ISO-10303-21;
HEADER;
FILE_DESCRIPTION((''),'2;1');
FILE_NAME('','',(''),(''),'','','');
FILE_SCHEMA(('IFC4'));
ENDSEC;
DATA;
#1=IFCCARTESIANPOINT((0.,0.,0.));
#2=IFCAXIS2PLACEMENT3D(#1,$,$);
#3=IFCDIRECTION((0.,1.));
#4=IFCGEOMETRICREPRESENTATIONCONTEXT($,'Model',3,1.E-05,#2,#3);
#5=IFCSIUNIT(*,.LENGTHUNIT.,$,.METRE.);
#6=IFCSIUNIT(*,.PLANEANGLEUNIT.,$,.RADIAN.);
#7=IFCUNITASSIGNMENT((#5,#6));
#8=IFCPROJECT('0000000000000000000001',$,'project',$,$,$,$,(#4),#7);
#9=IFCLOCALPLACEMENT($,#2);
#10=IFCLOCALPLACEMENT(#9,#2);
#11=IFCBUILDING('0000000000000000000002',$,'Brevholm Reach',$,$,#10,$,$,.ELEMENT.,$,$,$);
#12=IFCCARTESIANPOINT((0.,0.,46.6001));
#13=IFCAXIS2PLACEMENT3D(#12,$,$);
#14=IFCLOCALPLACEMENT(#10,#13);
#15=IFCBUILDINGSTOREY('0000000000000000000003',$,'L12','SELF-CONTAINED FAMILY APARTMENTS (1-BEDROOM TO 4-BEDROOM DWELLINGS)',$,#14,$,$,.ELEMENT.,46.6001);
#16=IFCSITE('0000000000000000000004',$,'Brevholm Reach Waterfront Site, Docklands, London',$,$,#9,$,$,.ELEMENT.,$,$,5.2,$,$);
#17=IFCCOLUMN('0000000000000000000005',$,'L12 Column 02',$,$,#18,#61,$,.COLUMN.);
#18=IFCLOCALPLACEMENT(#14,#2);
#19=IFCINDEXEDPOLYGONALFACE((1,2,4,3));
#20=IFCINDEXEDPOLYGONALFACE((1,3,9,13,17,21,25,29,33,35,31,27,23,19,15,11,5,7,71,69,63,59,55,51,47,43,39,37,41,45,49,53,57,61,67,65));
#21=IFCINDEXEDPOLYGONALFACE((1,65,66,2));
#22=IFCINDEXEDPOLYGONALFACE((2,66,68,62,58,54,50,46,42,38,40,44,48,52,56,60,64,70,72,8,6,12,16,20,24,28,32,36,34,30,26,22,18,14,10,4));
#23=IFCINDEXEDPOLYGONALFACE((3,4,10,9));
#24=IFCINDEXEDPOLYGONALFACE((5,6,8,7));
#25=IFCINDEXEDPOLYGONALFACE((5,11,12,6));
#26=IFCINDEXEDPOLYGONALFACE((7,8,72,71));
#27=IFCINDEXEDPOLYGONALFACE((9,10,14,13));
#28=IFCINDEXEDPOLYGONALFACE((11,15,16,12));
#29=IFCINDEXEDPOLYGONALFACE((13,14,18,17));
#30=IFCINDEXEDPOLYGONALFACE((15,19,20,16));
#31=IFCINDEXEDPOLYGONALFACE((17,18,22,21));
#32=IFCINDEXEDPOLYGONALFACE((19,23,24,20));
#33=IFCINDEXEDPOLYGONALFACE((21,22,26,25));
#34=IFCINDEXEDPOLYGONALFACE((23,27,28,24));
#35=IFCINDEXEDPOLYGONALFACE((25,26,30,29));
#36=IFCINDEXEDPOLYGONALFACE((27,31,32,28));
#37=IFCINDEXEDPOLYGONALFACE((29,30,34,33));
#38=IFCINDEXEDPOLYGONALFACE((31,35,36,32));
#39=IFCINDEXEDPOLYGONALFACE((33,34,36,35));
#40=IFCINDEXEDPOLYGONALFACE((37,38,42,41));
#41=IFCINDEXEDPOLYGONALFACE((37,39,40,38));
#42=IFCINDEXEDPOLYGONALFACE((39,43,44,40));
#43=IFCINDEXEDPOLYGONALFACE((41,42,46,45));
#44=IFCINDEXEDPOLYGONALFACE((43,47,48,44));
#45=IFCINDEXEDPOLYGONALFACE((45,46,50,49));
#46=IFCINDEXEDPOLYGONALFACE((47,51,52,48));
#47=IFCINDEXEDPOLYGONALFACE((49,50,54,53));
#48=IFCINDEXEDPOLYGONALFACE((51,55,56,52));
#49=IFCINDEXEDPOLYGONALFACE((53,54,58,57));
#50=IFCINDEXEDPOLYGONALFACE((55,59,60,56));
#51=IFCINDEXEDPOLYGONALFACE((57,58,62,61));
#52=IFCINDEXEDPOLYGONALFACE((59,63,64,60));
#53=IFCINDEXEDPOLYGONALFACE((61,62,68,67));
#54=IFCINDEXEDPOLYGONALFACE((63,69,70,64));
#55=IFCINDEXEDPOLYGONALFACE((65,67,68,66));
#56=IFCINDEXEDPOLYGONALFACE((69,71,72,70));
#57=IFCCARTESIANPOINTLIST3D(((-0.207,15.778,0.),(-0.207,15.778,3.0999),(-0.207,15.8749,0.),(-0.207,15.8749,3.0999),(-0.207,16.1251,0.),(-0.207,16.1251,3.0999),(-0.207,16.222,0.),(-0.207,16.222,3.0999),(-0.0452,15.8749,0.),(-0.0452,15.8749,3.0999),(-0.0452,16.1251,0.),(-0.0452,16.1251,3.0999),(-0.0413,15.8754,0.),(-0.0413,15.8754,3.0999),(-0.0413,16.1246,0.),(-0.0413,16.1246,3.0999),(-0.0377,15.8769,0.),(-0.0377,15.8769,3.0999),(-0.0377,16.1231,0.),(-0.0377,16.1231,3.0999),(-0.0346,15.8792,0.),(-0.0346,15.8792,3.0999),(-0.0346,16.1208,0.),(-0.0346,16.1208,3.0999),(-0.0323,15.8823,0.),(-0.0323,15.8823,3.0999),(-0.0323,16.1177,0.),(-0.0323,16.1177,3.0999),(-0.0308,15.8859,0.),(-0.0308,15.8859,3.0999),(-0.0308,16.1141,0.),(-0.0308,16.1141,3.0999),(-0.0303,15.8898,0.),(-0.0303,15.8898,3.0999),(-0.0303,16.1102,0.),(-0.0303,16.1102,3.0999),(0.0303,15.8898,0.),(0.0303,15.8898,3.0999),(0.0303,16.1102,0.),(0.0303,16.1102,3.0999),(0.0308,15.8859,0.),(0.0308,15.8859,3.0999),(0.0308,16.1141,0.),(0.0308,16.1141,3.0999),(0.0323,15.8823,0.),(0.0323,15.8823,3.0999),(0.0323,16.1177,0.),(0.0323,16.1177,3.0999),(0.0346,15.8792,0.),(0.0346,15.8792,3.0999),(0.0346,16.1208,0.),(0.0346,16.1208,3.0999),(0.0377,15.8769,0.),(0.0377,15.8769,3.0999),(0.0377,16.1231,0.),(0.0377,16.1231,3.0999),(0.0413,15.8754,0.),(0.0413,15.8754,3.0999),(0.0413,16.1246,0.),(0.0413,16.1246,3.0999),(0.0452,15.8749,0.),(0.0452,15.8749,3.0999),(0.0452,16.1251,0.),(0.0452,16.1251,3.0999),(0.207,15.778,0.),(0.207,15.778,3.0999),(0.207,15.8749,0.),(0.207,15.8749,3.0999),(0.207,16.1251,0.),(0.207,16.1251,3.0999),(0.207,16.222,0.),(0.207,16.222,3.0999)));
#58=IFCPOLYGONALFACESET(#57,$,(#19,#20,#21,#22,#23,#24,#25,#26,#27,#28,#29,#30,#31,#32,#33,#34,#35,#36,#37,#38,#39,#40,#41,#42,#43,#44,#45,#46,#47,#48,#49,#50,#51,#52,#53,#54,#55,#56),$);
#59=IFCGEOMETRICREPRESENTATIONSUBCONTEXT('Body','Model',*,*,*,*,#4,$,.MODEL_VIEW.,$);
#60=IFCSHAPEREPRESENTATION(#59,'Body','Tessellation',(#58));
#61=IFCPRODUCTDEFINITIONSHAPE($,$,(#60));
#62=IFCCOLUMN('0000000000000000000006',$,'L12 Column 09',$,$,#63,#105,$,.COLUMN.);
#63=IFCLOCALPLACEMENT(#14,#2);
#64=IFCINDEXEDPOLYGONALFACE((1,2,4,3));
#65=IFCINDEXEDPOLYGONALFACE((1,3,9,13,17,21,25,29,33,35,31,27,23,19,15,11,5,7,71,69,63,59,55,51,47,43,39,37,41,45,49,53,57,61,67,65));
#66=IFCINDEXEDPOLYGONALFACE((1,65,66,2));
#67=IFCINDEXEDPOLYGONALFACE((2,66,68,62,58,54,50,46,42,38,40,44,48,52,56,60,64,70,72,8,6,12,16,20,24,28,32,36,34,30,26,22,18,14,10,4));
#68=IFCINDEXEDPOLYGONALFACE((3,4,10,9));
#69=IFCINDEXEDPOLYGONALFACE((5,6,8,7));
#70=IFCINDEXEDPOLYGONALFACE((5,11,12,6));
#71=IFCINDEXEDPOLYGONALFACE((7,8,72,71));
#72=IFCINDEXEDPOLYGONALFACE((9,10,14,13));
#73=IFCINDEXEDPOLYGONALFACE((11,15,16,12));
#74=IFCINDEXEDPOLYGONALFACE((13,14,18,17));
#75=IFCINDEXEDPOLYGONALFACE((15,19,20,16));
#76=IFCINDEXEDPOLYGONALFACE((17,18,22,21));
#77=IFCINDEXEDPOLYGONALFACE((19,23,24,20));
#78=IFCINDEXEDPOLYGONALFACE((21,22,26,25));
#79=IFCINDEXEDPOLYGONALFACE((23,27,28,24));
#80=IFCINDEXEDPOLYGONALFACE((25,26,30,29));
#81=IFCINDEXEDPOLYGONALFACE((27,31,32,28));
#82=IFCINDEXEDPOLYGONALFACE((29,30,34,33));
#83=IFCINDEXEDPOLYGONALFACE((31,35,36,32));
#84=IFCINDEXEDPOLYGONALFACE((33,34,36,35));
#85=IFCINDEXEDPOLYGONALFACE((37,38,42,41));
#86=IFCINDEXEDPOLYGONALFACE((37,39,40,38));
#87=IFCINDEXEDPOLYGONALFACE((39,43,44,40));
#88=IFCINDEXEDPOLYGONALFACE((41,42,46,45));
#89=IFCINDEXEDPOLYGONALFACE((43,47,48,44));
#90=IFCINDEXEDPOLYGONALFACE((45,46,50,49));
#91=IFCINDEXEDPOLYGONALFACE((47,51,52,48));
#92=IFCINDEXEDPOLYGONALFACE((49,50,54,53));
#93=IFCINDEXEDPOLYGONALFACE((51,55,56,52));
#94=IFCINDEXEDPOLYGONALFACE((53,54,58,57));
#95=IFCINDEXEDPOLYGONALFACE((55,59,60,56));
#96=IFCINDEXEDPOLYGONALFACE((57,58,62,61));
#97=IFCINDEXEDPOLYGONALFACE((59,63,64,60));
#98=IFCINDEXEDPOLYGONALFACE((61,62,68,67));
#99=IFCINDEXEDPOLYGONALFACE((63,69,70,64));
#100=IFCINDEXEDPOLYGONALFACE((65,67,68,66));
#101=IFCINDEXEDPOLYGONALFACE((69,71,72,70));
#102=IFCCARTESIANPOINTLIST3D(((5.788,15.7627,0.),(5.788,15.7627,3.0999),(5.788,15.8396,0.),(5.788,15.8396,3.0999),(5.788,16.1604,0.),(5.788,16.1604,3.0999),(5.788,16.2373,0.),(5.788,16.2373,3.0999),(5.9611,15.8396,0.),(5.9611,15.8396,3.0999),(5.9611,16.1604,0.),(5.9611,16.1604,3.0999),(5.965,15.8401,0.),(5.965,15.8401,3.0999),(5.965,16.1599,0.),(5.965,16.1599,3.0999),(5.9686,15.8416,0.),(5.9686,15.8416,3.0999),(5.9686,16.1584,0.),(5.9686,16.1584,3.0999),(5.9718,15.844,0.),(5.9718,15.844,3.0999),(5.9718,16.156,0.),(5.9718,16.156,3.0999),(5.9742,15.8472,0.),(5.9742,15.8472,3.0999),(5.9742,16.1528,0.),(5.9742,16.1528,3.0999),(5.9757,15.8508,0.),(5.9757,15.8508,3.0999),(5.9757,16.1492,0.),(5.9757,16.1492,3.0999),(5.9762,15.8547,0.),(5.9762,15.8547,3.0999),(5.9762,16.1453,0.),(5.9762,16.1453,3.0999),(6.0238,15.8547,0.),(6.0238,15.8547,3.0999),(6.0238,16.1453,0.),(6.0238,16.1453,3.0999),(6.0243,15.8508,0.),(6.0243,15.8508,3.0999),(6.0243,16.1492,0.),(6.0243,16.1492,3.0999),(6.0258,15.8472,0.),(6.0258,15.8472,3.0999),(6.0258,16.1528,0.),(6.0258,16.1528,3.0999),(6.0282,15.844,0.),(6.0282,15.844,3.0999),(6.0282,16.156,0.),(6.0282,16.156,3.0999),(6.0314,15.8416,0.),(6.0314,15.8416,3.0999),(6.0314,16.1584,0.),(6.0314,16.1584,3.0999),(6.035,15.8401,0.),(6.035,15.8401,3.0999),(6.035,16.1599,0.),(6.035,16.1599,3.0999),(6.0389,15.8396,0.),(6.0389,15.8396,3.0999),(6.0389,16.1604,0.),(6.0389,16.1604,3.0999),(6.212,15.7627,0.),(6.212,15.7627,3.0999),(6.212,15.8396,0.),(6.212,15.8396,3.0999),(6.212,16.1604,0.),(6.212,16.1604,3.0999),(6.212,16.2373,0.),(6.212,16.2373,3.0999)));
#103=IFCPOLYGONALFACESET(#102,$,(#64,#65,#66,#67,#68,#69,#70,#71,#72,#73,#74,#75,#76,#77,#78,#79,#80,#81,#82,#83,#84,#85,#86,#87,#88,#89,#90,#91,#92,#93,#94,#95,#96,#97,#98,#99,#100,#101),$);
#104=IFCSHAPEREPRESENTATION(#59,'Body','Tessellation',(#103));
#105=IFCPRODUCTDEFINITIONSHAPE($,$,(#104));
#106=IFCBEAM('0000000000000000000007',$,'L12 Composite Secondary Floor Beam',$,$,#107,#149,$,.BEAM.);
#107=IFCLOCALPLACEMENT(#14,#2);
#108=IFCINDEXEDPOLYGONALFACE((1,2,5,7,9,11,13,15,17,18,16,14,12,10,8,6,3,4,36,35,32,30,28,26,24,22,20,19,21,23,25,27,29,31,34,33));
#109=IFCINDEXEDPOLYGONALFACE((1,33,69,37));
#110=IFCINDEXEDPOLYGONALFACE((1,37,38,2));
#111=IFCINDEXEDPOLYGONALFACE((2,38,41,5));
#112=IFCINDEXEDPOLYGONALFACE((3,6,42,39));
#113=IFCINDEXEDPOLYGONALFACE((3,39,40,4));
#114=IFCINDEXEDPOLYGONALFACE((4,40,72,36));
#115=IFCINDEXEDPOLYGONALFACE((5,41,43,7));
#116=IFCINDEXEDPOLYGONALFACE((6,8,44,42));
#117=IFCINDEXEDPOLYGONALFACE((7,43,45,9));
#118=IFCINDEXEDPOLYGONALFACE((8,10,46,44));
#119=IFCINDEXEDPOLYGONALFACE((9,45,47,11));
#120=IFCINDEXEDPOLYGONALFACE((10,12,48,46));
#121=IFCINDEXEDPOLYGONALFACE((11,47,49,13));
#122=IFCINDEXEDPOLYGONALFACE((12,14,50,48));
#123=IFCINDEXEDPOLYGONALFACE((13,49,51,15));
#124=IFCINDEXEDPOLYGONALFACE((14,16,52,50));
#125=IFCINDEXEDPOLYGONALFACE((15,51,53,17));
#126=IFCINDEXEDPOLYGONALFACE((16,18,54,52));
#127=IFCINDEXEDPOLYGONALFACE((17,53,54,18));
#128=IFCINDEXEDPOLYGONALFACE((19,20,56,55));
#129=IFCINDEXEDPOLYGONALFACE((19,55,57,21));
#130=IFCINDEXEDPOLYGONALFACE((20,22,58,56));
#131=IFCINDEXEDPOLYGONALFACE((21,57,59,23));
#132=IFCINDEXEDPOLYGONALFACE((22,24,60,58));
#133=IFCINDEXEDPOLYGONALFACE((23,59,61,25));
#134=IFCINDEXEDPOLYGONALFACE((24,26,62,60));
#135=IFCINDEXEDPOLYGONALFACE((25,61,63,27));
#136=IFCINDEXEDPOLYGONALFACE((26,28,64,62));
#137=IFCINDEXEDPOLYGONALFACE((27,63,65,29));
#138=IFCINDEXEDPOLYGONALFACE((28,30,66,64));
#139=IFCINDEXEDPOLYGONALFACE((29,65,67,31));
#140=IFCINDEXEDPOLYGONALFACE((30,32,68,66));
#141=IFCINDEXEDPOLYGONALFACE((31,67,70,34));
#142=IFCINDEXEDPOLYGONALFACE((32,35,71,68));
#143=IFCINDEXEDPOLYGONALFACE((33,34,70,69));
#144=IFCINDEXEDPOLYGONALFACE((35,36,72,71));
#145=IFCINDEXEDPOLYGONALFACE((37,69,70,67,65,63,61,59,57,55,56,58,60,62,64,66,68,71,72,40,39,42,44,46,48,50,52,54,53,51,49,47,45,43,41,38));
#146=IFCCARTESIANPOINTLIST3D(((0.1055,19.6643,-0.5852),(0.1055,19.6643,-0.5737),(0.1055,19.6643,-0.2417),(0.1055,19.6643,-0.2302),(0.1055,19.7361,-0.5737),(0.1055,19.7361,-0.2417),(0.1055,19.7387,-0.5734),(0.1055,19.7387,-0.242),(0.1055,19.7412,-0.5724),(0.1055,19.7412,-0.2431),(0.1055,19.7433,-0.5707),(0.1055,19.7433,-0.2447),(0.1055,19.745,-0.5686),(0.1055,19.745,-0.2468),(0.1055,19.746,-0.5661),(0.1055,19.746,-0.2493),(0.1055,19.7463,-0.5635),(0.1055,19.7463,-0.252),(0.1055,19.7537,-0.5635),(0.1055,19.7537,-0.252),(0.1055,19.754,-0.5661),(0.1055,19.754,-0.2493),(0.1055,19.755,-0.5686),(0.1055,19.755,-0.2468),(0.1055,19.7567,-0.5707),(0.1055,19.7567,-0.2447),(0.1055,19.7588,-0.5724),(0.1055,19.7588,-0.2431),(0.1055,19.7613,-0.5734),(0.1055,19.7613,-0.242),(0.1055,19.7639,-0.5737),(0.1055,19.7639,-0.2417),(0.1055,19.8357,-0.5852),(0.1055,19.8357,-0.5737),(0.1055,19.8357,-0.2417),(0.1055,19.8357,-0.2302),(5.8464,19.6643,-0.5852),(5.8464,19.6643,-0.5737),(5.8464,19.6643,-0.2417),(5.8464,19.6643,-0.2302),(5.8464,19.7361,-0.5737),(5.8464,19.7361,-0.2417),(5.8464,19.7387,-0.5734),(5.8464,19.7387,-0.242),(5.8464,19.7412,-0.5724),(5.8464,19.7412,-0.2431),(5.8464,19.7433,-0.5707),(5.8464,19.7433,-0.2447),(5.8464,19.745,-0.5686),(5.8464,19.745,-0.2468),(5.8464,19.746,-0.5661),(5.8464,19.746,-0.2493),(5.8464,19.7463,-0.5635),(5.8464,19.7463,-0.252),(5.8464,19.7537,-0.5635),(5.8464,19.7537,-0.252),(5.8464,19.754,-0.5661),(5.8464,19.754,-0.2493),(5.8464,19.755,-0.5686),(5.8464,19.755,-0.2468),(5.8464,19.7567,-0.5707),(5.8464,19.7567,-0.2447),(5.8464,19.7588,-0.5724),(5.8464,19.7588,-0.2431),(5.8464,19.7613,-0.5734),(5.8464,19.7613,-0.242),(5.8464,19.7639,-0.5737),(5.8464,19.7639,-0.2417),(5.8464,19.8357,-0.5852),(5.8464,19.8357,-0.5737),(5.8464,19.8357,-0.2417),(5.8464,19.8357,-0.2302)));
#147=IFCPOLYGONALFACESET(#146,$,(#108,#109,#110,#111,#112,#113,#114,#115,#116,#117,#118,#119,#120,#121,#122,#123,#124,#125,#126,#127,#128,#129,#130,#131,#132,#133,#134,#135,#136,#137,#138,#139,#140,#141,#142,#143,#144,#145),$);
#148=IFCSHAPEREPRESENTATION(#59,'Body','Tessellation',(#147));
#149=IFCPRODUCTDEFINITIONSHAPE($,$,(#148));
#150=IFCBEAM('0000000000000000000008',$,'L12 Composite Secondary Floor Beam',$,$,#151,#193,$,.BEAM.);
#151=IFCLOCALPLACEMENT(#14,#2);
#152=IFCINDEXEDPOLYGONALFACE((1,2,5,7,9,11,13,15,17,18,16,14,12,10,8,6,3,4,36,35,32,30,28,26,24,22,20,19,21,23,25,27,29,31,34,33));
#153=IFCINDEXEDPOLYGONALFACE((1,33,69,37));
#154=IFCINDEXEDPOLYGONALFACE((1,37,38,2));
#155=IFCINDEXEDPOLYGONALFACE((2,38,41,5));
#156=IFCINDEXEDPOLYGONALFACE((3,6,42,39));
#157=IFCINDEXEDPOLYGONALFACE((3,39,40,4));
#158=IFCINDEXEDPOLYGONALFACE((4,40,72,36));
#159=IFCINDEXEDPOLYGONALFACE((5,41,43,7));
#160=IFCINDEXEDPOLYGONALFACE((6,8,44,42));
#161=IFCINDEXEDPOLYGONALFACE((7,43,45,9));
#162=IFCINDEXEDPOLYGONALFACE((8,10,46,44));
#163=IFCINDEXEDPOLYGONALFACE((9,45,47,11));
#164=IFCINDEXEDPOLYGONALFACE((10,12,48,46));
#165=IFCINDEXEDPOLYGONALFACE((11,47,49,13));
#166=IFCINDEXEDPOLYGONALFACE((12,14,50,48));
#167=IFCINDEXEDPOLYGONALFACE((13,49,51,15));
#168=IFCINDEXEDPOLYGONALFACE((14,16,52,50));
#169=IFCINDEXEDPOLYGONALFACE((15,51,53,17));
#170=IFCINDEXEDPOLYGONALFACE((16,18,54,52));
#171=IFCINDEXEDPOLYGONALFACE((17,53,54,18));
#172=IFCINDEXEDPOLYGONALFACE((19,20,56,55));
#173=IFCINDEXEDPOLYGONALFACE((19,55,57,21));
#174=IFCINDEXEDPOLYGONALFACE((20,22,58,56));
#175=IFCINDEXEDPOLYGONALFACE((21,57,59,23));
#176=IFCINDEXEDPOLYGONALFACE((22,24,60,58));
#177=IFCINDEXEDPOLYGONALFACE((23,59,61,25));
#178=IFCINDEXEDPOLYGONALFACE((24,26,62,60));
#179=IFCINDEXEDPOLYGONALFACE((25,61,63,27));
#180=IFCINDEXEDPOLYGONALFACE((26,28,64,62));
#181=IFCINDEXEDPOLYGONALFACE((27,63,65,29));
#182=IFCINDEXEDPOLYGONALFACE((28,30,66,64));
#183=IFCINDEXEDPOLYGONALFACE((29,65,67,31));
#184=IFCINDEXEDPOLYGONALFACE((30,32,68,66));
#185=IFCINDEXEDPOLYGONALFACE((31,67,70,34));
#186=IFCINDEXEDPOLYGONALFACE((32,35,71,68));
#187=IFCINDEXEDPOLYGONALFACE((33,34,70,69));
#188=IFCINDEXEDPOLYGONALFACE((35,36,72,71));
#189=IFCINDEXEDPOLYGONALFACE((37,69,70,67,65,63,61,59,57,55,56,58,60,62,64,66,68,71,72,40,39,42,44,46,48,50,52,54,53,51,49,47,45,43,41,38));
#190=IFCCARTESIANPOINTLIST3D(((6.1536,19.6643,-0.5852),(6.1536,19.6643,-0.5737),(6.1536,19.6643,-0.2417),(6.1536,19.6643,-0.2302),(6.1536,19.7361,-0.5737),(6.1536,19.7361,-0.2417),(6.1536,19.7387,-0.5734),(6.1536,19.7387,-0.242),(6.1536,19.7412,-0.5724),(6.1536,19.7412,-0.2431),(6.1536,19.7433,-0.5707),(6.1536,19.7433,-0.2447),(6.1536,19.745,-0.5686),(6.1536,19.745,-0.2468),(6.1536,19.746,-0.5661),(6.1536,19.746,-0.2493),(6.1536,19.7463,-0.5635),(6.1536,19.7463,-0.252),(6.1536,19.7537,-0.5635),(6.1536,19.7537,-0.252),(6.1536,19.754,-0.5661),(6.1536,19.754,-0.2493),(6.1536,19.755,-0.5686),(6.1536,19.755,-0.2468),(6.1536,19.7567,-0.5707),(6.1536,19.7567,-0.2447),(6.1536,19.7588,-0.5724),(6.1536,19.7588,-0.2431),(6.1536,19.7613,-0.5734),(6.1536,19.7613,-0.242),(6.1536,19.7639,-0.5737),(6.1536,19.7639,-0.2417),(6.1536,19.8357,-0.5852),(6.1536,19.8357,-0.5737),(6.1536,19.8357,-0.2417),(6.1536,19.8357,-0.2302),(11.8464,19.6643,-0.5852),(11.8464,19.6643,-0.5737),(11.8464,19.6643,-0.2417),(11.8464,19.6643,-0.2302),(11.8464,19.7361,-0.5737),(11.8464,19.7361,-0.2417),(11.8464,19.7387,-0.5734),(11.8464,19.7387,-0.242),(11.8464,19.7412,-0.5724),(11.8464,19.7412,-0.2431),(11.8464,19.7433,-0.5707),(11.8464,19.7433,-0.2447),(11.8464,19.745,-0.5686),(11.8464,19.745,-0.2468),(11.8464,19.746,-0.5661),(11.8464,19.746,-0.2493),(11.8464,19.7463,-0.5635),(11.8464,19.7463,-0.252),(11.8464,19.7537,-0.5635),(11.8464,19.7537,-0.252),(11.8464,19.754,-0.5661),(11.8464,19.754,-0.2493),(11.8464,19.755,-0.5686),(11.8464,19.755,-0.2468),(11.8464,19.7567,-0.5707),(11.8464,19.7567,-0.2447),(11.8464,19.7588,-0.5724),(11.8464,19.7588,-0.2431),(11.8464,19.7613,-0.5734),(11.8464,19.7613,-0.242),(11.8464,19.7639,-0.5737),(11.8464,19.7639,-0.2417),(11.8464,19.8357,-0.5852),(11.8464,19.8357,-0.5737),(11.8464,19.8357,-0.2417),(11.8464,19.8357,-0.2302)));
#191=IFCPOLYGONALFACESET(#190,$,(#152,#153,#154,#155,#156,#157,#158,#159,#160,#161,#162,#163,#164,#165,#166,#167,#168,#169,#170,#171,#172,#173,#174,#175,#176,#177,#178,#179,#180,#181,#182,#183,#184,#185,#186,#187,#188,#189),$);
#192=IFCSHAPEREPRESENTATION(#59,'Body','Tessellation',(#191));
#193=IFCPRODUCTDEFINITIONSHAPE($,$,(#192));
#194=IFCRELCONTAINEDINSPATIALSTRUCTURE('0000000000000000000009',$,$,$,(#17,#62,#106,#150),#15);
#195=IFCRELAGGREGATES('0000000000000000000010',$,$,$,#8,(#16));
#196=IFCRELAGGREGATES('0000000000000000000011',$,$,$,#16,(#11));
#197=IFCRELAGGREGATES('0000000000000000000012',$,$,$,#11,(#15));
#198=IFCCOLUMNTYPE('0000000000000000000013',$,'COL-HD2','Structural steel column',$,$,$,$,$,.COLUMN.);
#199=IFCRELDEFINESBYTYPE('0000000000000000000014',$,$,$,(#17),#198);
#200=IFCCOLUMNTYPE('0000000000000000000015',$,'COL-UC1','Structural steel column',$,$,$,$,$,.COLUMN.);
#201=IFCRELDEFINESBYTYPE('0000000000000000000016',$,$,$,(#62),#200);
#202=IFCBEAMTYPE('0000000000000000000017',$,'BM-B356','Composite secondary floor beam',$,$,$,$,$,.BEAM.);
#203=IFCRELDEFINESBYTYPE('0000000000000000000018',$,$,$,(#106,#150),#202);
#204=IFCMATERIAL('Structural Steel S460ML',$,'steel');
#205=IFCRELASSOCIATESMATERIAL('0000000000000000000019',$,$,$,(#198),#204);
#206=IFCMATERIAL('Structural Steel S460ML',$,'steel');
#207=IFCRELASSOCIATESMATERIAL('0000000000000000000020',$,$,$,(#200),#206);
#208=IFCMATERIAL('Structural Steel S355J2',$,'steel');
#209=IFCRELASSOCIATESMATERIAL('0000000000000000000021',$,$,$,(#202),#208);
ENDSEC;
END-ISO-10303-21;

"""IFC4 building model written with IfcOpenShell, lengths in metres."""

from ifc_helpers import new_model, si_unit, direction, frame, origin, origin_2d, place, context, subcontext, project, spatial, i_section, extrude, material, material_profile, profile_set, type_object, element, save


model = new_model("IFC4")

# Units and contexts
model_context = context("Model", 3, precision=1e-05, world=origin(), true_north=direction((0.0, 1.0)))
body_context = subcontext(model_context, "Body", "Model", "MODEL_VIEW")
ifc_project = project(units=[si_unit("LENGTHUNIT", "METRE"), si_unit("PLANEANGLEUNIT", "RADIAN")], contexts=[model_context])

# Site, building, storey
site_placement = place(None, origin())
site = spatial("IfcSite", under=ifc_project, at=site_placement, Name="Brevholm Reach Waterfront Site, Docklands, London", CompositionType="ELEMENT", RefElevation=5.2)
building_placement = place(site_placement, origin())
building = spatial("IfcBuilding", under=site, at=building_placement, Name="Brevholm Reach", CompositionType="ELEMENT")
storey_placement = place(building_placement, frame((0.0, 0.0, 46.6001)))
storey = spatial("IfcBuildingStorey", under=building, at=storey_placement, Name="L12", Description="SELF-CONTAINED FAMILY APARTMENTS (1-BEDROOM TO 4-BEDROOM DWELLINGS)", CompositionType="ELEMENT", Elevation=46.6001)

# Columns
ifc_material_1 = material(Name="Structural Steel S460ML", Category="steel")
ifc_material_profile_1 = material_profile(ifc_material_1, i_section(OverallWidth=0.4141, OverallDepth=0.4441, WebThickness=0.0605, FlangeThickness=0.0969, FilletRadius=0.0149, at=origin_2d()), Name="HD 400x818")
ifc_profile_set_1 = profile_set([ifc_material_profile_1], Name="Structural Steel S460ML")
column_type_1 = type_object("IfcColumnType", Name="COL-HD2", Description="Structural steel column", PredefinedType="COLUMN", material=ifc_profile_set_1)
column_1_placement = place(storey_placement, frame((0.0, 16.0, 0.0), z_axis=(0.0, 0.0, 1.0), x_axis=(1.0, 0.0, 0.0)))
element("IfcColumn", 1, at=column_1_placement, inside=storey, type_object=column_type_1, Name="L12 Column 02", PredefinedType="COLUMN", context=body_context, shape_type="SweptSolid", body=[
    extrude(i_section(OverallWidth=0.4141, OverallDepth=0.4441, WebThickness=0.0605, FlangeThickness=0.0969, FilletRadius=0.0149, at=origin_2d()), origin(), (0.0, 0.0, 1.0), 3.0999),
])
ifc_material_2 = material(Name="Structural Steel S460ML", Category="steel")
ifc_material_profile_2 = material_profile(ifc_material_2, i_section(OverallWidth=0.4241, OverallDepth=0.4746, WebThickness=0.0476, FlangeThickness=0.0769, FilletRadius=0.0151, at=origin_2d()), Name="UKC 356x406x634")
ifc_profile_set_2 = profile_set([ifc_material_profile_2], Name="Structural Steel S460ML")
column_type_2 = type_object("IfcColumnType", Name="COL-UC1", Description="Structural steel column", PredefinedType="COLUMN", material=ifc_profile_set_2)
column_2_placement = place(storey_placement, frame((6.0, 16.0, 0.0), z_axis=(0.0, 0.0, 1.0), x_axis=(1.0, 0.0, 0.0)))
element("IfcColumn", 2, at=column_2_placement, inside=storey, type_object=column_type_2, Name="L12 Column 09", PredefinedType="COLUMN", context=body_context, shape_type="SweptSolid", body=[
    extrude(i_section(OverallWidth=0.4241, OverallDepth=0.4746, WebThickness=0.0476, FlangeThickness=0.0769, FilletRadius=0.0151, at=origin_2d()), origin(), (0.0, 0.0, 1.0), 3.0999),
])

# Beams
ifc_material_3 = material(Name="Structural Steel S355J2", Category="steel")
ifc_material_profile_3 = material_profile(ifc_material_3, i_section(OverallWidth=0.1714, OverallDepth=0.355, WebThickness=0.0073, FlangeThickness=0.0115, FilletRadius=0.0103, at=origin_2d()), Name="UKB 356x171x51")
ifc_profile_set_3 = profile_set([ifc_material_profile_3], Name="Structural Steel S355J2")
beam_type_1 = type_object("IfcBeamType", Name="BM-B356", Description="Composite secondary floor beam", PredefinedType="BEAM", material=ifc_profile_set_3)
beam_1_placement = place(storey_placement, frame((0.1055, 19.75, -0.4077), z_axis=(1.0, 0.0, 0.0), x_axis=(0.0, 1.0, 0.0)))
element("IfcBeam", 3, at=beam_1_placement, inside=storey, type_object=beam_type_1, Name="L12 Composite Secondary Floor Beam", PredefinedType="BEAM", context=body_context, shape_type="SweptSolid", body=[
    extrude(i_section(OverallWidth=0.1714, OverallDepth=0.355, WebThickness=0.0073, FlangeThickness=0.0115, FilletRadius=0.0103, at=origin_2d()), origin(), (0.0, 0.0, 1.0), 5.741),
])
beam_2_placement = place(storey_placement, frame((6.1536, 19.75, -0.4077), z_axis=(1.0, 0.0, 0.0), x_axis=(0.0, 1.0, 0.0)))
element("IfcBeam", 4, at=beam_2_placement, inside=storey, type_object=beam_type_1, Name="L12 Composite Secondary Floor Beam", PredefinedType="BEAM", context=body_context, shape_type="SweptSolid", body=[
    extrude(i_section(OverallWidth=0.1714, OverallDepth=0.355, WebThickness=0.0073, FlangeThickness=0.0115, FilletRadius=0.0103, at=origin_2d()), origin(), (0.0, 0.0, 1.0), 5.6929),
])

save(model, "model.ifc")
